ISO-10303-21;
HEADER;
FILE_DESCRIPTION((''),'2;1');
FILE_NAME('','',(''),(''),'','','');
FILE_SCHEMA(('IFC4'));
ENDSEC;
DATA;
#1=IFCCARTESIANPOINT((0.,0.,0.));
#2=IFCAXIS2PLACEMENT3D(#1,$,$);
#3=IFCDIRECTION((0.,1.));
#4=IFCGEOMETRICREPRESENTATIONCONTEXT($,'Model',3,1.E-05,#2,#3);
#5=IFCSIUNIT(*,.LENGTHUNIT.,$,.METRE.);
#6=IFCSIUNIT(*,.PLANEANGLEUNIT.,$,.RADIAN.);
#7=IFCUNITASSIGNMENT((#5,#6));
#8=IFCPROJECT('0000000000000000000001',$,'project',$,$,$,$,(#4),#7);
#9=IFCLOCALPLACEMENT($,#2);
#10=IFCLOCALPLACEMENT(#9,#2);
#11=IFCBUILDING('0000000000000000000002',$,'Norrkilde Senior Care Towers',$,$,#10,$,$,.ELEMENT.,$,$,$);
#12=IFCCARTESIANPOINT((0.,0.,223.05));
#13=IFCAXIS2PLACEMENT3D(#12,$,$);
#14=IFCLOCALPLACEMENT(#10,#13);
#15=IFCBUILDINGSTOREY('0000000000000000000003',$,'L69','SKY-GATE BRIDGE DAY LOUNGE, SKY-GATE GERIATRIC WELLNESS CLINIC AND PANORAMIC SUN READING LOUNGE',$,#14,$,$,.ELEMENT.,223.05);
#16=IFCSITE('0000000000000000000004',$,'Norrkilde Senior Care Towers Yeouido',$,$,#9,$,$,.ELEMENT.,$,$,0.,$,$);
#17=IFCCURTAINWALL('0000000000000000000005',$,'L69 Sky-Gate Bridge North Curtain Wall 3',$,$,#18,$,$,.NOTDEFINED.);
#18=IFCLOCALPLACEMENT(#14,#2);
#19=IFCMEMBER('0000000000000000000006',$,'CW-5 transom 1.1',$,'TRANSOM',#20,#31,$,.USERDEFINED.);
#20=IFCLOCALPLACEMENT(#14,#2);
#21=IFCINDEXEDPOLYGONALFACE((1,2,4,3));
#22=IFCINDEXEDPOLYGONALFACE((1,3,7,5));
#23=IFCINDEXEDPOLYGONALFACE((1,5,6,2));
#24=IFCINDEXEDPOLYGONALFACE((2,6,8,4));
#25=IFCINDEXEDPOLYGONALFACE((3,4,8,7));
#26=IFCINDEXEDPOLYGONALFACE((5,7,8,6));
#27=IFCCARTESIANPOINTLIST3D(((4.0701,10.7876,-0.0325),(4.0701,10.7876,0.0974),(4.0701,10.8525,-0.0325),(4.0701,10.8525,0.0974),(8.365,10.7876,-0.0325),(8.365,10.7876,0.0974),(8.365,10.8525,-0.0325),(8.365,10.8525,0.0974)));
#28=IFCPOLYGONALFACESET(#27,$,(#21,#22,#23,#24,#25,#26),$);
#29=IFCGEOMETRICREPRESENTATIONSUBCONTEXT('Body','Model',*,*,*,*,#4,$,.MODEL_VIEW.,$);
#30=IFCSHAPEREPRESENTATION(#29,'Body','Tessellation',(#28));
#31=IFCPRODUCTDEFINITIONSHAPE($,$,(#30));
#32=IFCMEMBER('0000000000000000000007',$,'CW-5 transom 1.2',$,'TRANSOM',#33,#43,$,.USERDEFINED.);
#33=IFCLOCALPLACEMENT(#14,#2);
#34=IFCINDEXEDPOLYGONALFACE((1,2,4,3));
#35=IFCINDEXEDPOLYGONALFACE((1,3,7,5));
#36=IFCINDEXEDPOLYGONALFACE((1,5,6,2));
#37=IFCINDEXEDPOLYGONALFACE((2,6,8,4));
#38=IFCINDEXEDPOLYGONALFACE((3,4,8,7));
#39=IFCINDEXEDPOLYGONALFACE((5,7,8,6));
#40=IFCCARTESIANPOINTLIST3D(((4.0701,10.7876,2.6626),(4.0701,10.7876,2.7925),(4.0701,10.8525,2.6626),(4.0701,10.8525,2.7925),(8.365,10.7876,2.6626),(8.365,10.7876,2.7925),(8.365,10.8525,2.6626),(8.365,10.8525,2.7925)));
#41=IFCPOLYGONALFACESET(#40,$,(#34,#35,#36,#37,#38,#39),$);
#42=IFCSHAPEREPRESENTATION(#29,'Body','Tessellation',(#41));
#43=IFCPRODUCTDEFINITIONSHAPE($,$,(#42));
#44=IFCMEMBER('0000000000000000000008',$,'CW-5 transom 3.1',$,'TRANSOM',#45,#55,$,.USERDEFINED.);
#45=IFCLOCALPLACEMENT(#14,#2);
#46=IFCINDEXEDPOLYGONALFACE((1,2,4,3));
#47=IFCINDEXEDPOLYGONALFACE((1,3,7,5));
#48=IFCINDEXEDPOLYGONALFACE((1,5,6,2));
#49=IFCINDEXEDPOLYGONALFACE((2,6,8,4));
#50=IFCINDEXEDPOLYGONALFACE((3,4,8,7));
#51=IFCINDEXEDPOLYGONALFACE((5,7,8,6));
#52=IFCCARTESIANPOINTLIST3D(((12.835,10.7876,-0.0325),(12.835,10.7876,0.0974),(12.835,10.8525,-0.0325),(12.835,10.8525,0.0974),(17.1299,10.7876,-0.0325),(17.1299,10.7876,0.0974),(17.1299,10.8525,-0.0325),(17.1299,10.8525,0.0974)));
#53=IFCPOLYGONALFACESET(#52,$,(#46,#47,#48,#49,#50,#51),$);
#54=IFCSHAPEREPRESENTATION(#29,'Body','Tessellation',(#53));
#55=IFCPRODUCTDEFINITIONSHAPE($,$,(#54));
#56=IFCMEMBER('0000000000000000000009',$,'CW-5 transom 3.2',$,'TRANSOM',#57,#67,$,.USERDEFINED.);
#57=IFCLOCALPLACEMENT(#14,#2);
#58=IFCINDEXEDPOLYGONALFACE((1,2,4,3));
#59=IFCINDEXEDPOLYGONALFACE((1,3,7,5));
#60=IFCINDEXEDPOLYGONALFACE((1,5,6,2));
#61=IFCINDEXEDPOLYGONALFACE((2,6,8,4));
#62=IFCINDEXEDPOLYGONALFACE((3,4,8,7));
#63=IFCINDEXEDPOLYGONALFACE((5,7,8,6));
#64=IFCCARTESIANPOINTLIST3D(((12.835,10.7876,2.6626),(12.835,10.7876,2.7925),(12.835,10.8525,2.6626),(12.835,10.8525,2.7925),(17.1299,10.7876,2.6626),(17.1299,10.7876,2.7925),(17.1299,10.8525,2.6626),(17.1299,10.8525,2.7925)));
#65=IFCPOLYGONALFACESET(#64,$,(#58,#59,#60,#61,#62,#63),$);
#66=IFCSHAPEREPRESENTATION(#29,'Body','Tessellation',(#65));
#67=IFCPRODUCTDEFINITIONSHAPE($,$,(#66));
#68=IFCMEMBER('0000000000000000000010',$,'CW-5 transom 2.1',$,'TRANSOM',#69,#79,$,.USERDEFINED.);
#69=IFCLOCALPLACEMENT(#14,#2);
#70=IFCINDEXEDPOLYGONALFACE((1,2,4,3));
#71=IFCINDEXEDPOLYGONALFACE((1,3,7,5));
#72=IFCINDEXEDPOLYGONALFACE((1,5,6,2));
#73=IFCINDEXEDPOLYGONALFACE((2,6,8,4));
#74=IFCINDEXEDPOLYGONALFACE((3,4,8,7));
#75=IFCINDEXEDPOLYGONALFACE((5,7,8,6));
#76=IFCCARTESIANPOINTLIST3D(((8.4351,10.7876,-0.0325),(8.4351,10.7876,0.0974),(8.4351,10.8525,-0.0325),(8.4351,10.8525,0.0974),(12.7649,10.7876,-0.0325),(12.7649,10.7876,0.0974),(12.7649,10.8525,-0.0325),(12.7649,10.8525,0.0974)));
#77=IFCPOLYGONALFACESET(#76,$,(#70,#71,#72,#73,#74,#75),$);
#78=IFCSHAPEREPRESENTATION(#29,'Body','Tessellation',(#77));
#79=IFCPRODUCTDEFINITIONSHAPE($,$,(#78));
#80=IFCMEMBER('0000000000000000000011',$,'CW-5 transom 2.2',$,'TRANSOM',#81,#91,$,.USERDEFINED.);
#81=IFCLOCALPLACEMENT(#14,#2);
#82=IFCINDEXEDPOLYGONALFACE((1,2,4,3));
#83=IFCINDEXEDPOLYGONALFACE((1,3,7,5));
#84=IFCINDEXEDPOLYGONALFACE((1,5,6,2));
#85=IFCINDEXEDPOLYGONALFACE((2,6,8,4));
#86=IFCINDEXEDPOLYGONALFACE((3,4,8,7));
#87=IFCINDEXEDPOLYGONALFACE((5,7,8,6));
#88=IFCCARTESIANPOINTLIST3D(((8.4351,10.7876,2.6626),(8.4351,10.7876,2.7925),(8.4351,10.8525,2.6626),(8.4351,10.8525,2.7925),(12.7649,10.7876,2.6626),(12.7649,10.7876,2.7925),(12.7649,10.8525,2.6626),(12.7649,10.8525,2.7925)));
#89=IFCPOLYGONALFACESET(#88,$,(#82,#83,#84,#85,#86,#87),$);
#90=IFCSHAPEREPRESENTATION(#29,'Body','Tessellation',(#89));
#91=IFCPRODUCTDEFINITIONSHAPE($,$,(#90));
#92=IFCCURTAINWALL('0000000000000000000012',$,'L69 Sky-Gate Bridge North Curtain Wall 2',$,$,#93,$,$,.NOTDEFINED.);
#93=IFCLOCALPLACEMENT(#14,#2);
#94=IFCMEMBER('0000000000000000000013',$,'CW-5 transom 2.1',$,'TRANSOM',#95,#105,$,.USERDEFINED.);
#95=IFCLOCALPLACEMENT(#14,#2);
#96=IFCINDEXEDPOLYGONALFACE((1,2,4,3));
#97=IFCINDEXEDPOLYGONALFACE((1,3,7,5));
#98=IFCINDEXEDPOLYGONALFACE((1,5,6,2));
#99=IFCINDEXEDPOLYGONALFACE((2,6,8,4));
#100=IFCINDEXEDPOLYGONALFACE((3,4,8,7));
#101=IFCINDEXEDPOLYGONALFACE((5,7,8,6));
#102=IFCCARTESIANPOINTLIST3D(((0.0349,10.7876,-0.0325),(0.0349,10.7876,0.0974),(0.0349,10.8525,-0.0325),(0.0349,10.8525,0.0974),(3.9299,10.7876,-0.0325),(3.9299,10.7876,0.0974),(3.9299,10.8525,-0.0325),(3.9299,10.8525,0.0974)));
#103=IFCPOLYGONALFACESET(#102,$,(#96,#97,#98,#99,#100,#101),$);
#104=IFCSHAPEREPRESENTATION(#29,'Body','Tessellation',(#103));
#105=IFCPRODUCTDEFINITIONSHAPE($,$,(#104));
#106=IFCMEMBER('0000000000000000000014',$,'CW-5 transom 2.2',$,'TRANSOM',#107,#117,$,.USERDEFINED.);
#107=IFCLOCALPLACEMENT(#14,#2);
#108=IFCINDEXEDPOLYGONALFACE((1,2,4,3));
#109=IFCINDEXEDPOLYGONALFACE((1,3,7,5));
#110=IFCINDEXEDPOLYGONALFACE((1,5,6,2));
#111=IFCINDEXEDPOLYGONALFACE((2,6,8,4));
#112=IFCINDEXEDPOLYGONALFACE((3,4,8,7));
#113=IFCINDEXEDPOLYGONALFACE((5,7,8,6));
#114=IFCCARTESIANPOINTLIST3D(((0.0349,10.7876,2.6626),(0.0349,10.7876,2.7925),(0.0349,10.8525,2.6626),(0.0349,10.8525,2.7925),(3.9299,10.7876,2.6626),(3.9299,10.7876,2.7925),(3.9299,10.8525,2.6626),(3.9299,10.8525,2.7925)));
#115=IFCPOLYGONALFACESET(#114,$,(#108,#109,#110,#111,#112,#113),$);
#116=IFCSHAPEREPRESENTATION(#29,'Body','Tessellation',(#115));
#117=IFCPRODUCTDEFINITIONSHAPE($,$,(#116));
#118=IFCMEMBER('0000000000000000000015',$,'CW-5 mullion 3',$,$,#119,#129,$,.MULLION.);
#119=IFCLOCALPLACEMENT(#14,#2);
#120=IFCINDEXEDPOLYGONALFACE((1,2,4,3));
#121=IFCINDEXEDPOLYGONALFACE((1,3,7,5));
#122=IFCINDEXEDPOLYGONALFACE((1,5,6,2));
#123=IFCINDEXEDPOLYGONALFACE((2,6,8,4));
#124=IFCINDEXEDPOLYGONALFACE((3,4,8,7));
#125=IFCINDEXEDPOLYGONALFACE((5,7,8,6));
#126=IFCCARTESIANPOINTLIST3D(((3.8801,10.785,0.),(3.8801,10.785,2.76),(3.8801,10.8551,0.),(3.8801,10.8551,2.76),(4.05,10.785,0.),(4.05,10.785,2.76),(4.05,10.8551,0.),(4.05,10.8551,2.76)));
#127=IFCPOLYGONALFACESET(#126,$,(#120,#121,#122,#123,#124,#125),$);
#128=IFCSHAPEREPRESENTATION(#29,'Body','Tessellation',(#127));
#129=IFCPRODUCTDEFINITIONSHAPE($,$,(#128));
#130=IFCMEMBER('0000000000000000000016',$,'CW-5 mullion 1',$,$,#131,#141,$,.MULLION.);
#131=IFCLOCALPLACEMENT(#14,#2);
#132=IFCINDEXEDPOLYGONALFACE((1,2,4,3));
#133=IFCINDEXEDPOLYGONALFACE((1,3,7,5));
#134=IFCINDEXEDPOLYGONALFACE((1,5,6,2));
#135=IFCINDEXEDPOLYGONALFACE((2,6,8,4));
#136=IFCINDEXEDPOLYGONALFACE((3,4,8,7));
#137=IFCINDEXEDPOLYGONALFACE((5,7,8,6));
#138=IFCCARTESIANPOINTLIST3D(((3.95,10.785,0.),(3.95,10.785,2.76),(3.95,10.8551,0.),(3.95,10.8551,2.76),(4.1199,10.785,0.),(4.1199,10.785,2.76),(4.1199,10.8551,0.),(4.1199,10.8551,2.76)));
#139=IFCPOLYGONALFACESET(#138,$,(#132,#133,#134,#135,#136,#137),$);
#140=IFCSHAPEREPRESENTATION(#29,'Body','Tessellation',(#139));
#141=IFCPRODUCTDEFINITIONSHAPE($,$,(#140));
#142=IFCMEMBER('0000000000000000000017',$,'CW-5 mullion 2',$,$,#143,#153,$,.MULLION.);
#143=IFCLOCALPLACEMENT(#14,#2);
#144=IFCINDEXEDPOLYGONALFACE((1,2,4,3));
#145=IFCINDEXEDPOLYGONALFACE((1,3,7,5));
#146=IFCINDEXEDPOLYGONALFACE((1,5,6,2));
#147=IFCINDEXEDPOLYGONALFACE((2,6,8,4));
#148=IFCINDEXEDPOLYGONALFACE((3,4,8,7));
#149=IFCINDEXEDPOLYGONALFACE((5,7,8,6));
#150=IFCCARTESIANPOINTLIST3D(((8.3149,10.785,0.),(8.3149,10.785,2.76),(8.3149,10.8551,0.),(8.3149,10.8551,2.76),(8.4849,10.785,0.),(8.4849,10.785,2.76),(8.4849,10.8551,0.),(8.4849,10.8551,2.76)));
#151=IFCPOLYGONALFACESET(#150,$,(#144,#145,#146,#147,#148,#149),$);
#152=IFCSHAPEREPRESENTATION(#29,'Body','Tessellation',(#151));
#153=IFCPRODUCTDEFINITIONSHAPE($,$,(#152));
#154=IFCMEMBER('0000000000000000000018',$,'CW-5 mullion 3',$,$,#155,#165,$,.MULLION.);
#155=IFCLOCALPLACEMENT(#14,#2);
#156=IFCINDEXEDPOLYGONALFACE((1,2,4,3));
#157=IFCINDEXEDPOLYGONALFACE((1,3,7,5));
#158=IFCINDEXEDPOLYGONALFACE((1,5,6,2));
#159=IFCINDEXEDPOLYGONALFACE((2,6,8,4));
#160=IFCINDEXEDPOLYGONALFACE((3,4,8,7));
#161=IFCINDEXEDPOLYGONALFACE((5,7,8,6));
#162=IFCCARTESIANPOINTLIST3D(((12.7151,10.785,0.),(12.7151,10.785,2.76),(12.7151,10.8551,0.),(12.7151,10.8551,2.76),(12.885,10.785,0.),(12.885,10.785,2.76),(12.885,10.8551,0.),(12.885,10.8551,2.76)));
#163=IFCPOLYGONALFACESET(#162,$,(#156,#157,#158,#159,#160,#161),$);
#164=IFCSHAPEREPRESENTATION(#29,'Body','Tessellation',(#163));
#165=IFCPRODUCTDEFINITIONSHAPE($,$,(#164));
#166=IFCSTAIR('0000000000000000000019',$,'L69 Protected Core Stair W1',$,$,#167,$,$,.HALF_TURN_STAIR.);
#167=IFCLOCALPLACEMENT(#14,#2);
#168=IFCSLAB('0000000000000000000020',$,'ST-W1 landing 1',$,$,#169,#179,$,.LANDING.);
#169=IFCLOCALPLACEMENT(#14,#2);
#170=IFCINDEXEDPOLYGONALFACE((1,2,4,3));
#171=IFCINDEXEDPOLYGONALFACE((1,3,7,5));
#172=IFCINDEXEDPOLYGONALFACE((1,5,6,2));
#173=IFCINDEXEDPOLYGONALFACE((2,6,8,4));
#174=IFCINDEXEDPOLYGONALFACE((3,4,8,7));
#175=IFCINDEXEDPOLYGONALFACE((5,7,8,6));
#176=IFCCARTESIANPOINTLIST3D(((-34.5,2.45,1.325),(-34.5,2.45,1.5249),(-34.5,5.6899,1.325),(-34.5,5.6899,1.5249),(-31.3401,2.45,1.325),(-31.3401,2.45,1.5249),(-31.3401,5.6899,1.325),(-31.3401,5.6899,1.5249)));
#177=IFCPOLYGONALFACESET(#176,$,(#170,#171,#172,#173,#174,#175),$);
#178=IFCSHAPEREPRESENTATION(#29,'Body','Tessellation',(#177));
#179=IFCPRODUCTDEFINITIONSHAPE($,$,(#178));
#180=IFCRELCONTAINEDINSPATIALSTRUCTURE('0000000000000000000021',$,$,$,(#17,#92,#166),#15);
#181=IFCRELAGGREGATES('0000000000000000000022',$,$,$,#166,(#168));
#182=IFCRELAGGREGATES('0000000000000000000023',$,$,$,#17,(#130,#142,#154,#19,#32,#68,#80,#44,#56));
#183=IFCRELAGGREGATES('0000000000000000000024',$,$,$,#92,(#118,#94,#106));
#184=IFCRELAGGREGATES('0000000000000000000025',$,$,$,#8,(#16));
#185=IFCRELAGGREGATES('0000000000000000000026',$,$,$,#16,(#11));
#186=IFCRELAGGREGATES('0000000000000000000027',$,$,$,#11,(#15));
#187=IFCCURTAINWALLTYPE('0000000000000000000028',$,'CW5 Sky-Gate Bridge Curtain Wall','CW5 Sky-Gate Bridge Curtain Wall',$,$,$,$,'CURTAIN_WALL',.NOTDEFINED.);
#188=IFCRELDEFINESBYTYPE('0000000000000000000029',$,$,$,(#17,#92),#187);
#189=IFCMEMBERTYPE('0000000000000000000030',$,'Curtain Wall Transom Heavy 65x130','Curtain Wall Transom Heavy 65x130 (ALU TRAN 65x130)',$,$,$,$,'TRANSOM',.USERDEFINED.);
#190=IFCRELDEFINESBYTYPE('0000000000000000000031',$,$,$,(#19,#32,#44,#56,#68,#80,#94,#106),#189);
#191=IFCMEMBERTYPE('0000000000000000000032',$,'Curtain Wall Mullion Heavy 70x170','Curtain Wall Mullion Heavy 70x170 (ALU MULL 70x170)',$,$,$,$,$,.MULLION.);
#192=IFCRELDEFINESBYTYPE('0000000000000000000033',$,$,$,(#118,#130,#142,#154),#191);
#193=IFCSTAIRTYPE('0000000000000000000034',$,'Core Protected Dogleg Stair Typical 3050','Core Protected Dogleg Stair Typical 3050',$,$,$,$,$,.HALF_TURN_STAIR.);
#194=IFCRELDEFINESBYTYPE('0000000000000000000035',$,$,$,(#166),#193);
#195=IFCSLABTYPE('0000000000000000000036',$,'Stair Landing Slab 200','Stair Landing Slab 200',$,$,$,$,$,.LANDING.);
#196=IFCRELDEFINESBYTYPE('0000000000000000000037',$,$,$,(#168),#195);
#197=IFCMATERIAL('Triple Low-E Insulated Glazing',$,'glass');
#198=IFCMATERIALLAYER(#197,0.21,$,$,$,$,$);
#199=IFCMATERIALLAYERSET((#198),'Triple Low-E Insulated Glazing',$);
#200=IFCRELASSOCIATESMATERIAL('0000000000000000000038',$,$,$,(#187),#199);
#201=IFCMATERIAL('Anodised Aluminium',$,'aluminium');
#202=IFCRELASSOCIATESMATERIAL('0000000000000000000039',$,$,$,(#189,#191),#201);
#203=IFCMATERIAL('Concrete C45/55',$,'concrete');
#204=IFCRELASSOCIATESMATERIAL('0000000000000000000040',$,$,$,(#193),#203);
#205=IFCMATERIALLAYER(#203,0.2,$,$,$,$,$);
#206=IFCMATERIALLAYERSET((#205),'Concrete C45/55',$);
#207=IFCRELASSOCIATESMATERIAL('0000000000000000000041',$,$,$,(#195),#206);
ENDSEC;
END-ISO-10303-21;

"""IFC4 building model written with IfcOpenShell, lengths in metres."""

from ifc_helpers import new_model, si_unit, direction, frame, origin, origin_2d, place, context, subcontext, project, spatial, polyline, rectangle, outline, extrude, source, transform, mapped, material, layer, layer_set, material_profile, profile_set, type_object, type_shapes, element, aggregate, save


model = new_model("IFC4")

# Units and contexts
model_context = context("Model", 3, precision=1e-05, world=origin(), true_north=direction((0.0, 1.0)))
body_context = subcontext(model_context, "Body", "Model", "MODEL_VIEW")
ifc_project = project(units=[si_unit("LENGTHUNIT", "METRE"), si_unit("PLANEANGLEUNIT", "RADIAN")], contexts=[model_context])

# Site, building, storey
site_placement = place(None, origin())
site = spatial("IfcSite", under=ifc_project, at=site_placement, Name="Norrkilde Senior Care Towers Yeouido", CompositionType="ELEMENT", RefElevation=0.0)
building_placement = place(site_placement, origin())
building = spatial("IfcBuilding", under=site, at=building_placement, Name="Norrkilde Senior Care Towers", CompositionType="ELEMENT")
storey_placement = place(building_placement, frame((0.0, 0.0, 223.05)))
storey = spatial("IfcBuildingStorey", under=building, at=storey_placement, Name="L69", Description="SKY-GATE BRIDGE DAY LOUNGE, SKY-GATE GERIATRIC WELLNESS CLINIC AND PANORAMIC SUN READING LOUNGE", CompositionType="ELEMENT", Elevation=223.05)

# Curtain walls, members
ifc_material_1 = material(Name="Triple Low-E Insulated Glazing", Category="glass")
ifc_layer_1 = layer(ifc_material_1, 0.21)
ifc_layer_set_1 = layer_set([ifc_layer_1], Name="Triple Low-E Insulated Glazing")
curtain_wall_type = type_object("IfcCurtainWallType", Name="CW5 Sky-Gate Bridge Curtain Wall", Description="CW5 Sky-Gate Bridge Curtain Wall", ElementType="CURTAIN_WALL", PredefinedType="NOTDEFINED", material=ifc_layer_set_1)
curtain_wall_1_placement = place(storey_placement, origin())
curtain_wall_1 = element("IfcCurtainWall", 1, at=curtain_wall_1_placement, inside=storey, type_object=curtain_wall_type, Name="L69 Sky-Gate Bridge North Curtain Wall 3", PredefinedType="NOTDEFINED")
ifc_material_2 = material(Name="Anodised Aluminium", Category="aluminium")
ifc_material_profile_1 = material_profile(ifc_material_2, rectangle(XDim=0.0649, YDim=0.1299, at=origin_2d()), Name="ALU TRAN 65x130")
ifc_profile_set_1 = profile_set([ifc_material_profile_1], Name="Anodised Aluminium")
member_type_1 = type_object("IfcMemberType", Name="Curtain Wall Transom Heavy 65x130", Description="Curtain Wall Transom Heavy 65x130 (ALU TRAN 65x130)", ElementType="TRANSOM", PredefinedType="USERDEFINED", material=ifc_profile_set_1)
shared_shape_1 = source(origin(), body_context, "Body", "SweptSolid", [
    extrude(rectangle(XDim=0.0649, YDim=0.1299, at=origin_2d()), origin(), (0.0, 0.0, 1.0), 4.2949),
])
member_1_placement = place(storey_placement, frame((4.0701, 10.8201, 0.0325), z_axis=(1.0, 0.0, 0.0), x_axis=(0.0, 1.0, 0.0)))
member_1 = element("IfcMember", 2, at=member_1_placement, type_object=member_type_1, Name="CW-5 transom 1.1", ObjectType="TRANSOM", PredefinedType="USERDEFINED", context=body_context, shape_type="MappedRepresentation", body=[
    mapped(shared_shape_1, transform((0.0, 0.0, 0.0), x_axis=(1.0, 0.0, 0.0), y_axis=(0.0, 1.0, 0.0), z_axis=(0.0, 0.0, 1.0), scale=1.0)),
])
member_2_placement = place(storey_placement, frame((4.0701, 10.8201, 2.7275), z_axis=(1.0, 0.0, 0.0), x_axis=(0.0, 1.0, 0.0)))
member_2 = element("IfcMember", 3, at=member_2_placement, type_object=member_type_1, Name="CW-5 transom 1.2", ObjectType="TRANSOM", PredefinedType="USERDEFINED", context=body_context, shape_type="MappedRepresentation", body=[
    mapped(shared_shape_1, transform((0.0, 0.0, 0.0), x_axis=(1.0, 0.0, 0.0), y_axis=(0.0, 1.0, 0.0), z_axis=(0.0, 0.0, 1.0), scale=1.0)),
])
member_3_placement = place(storey_placement, frame((12.835, 10.8201, 0.0325), z_axis=(1.0, 0.0, 0.0), x_axis=(0.0, 1.0, 0.0)))
member_3 = element("IfcMember", 4, at=member_3_placement, type_object=member_type_1, Name="CW-5 transom 3.1", ObjectType="TRANSOM", PredefinedType="USERDEFINED", context=body_context, shape_type="MappedRepresentation", body=[
    mapped(shared_shape_1, transform((0.0, 0.0, 0.0), x_axis=(1.0, 0.0, 0.0), y_axis=(0.0, 1.0, 0.0), z_axis=(0.0, 0.0, 1.0), scale=1.0)),
])
member_4_placement = place(storey_placement, frame((12.835, 10.8201, 2.7275), z_axis=(1.0, 0.0, 0.0), x_axis=(0.0, 1.0, 0.0)))
member_4 = element("IfcMember", 5, at=member_4_placement, type_object=member_type_1, Name="CW-5 transom 3.2", ObjectType="TRANSOM", PredefinedType="USERDEFINED", context=body_context, shape_type="MappedRepresentation", body=[
    mapped(shared_shape_1, transform((0.0, 0.0, 0.0), x_axis=(1.0, 0.0, 0.0), y_axis=(0.0, 1.0, 0.0), z_axis=(0.0, 0.0, 1.0), scale=1.0)),
])
shared_shape_2 = source(origin(), body_context, "Body", "SweptSolid", [
    extrude(rectangle(XDim=0.0649, YDim=0.1299, at=origin_2d()), origin(), (0.0, 0.0, 1.0), 4.3298),
])
member_5_placement = place(storey_placement, frame((8.4351, 10.8201, 0.0325), z_axis=(1.0, 0.0, 0.0), x_axis=(0.0, 1.0, 0.0)))
member_5 = element("IfcMember", 6, at=member_5_placement, type_object=member_type_1, Name="CW-5 transom 2.1", ObjectType="TRANSOM", PredefinedType="USERDEFINED", context=body_context, shape_type="MappedRepresentation", body=[
    mapped(shared_shape_2, transform((0.0, 0.0, 0.0), x_axis=(1.0, 0.0, 0.0), y_axis=(0.0, 1.0, 0.0), z_axis=(0.0, 0.0, 1.0), scale=1.0)),
])
member_6_placement = place(storey_placement, frame((8.4351, 10.8201, 2.7275), z_axis=(1.0, 0.0, 0.0), x_axis=(0.0, 1.0, 0.0)))
member_6 = element("IfcMember", 7, at=member_6_placement, type_object=member_type_1, Name="CW-5 transom 2.2", ObjectType="TRANSOM", PredefinedType="USERDEFINED", context=body_context, shape_type="MappedRepresentation", body=[
    mapped(shared_shape_2, transform((0.0, 0.0, 0.0), x_axis=(1.0, 0.0, 0.0), y_axis=(0.0, 1.0, 0.0), z_axis=(0.0, 0.0, 1.0), scale=1.0)),
])
curtain_wall_2_placement = place(storey_placement, origin())
curtain_wall_2 = element("IfcCurtainWall", 8, at=curtain_wall_2_placement, inside=storey, type_object=curtain_wall_type, Name="L69 Sky-Gate Bridge North Curtain Wall 2", PredefinedType="NOTDEFINED")
shared_shape_3 = source(origin(), body_context, "Body", "SweptSolid", [
    extrude(rectangle(XDim=0.0649, YDim=0.1299, at=origin_2d()), origin(), (0.0, 0.0, 1.0), 3.895),
])
type_shapes(member_type_1, [shared_shape_1, shared_shape_2, shared_shape_3])
member_7_placement = place(storey_placement, frame((0.0349, 10.8201, 0.0325), z_axis=(1.0, 0.0, 0.0), x_axis=(0.0, 1.0, 0.0)))
member_7 = element("IfcMember", 9, at=member_7_placement, type_object=member_type_1, Name="CW-5 transom 2.1", ObjectType="TRANSOM", PredefinedType="USERDEFINED", context=body_context, shape_type="MappedRepresentation", body=[
    mapped(shared_shape_3, transform((0.0, 0.0, 0.0), x_axis=(1.0, 0.0, 0.0), y_axis=(0.0, 1.0, 0.0), z_axis=(0.0, 0.0, 1.0), scale=1.0)),
])
member_8_placement = place(storey_placement, frame((0.0349, 10.8201, 2.7275), z_axis=(1.0, 0.0, 0.0), x_axis=(0.0, 1.0, 0.0)))
member_8 = element("IfcMember", 10, at=member_8_placement, type_object=member_type_1, Name="CW-5 transom 2.2", ObjectType="TRANSOM", PredefinedType="USERDEFINED", context=body_context, shape_type="MappedRepresentation", body=[
    mapped(shared_shape_3, transform((0.0, 0.0, 0.0), x_axis=(1.0, 0.0, 0.0), y_axis=(0.0, 1.0, 0.0), z_axis=(0.0, 0.0, 1.0), scale=1.0)),
])
ifc_material_profile_2 = material_profile(ifc_material_2, rectangle(XDim=0.0701, YDim=0.1699, at=origin_2d()), Name="ALU MULL 70x170")
ifc_profile_set_2 = profile_set([ifc_material_profile_2], Name="Anodised Aluminium")
member_type_2 = type_object("IfcMemberType", Name="Curtain Wall Mullion Heavy 70x170", Description="Curtain Wall Mullion Heavy 70x170 (ALU MULL 70x170)", PredefinedType="MULLION", material=ifc_profile_set_2)
shared_shape_4 = source(origin(), body_context, "Body", "SweptSolid", [
    extrude(rectangle(XDim=0.0701, YDim=0.1699, at=origin_2d()), origin(), (0.0, 0.0, 1.0), 2.76),
])
type_shapes(member_type_2, [shared_shape_4])
member_9_placement = place(storey_placement, frame((3.9651, 10.8201, 0.0), z_axis=(0.0, 0.0, 1.0), x_axis=(0.0, 1.0, 0.0)))
member_9 = element("IfcMember", 11, at=member_9_placement, type_object=member_type_2, Name="CW-5 mullion 3", PredefinedType="MULLION", context=body_context, shape_type="MappedRepresentation", body=[
    mapped(shared_shape_4, transform((0.0, 0.0, 0.0), x_axis=(1.0, 0.0, 0.0), y_axis=(0.0, 1.0, 0.0), z_axis=(0.0, 0.0, 1.0), scale=1.0)),
])

# Members
member_10_placement = place(storey_placement, frame((4.0349, 10.8201, 0.0), z_axis=(0.0, 0.0, 1.0), x_axis=(0.0, 1.0, 0.0)))
member_10 = element("IfcMember", 12, at=member_10_placement, type_object=member_type_2, Name="CW-5 mullion 1", PredefinedType="MULLION", context=body_context, shape_type="MappedRepresentation", body=[
    mapped(shared_shape_4, transform((0.0, 0.0, 0.0), x_axis=(1.0, 0.0, 0.0), y_axis=(0.0, 1.0, 0.0), z_axis=(0.0, 0.0, 1.0), scale=1.0)),
])
member_11_placement = place(storey_placement, frame((8.3999, 10.8201, 0.0), z_axis=(0.0, 0.0, 1.0), x_axis=(0.0, 1.0, 0.0)))
member_11 = element("IfcMember", 13, at=member_11_placement, type_object=member_type_2, Name="CW-5 mullion 2", PredefinedType="MULLION", context=body_context, shape_type="MappedRepresentation", body=[
    mapped(shared_shape_4, transform((0.0, 0.0, 0.0), x_axis=(1.0, 0.0, 0.0), y_axis=(0.0, 1.0, 0.0), z_axis=(0.0, 0.0, 1.0), scale=1.0)),
])
member_12_placement = place(storey_placement, frame((12.8, 10.8201, 0.0), z_axis=(0.0, 0.0, 1.0), x_axis=(0.0, 1.0, 0.0)))
member_12 = element("IfcMember", 14, at=member_12_placement, type_object=member_type_2, Name="CW-5 mullion 3", PredefinedType="MULLION", context=body_context, shape_type="MappedRepresentation", body=[
    mapped(shared_shape_4, transform((0.0, 0.0, 0.0), x_axis=(1.0, 0.0, 0.0), y_axis=(0.0, 1.0, 0.0), z_axis=(0.0, 0.0, 1.0), scale=1.0)),
])

# Stair, slab
ifc_material_3 = material(Name="Concrete C45/55", Category="concrete")
stair_type = type_object("IfcStairType", Name="Core Protected Dogleg Stair Typical 3050", Description="Core Protected Dogleg Stair Typical 3050", PredefinedType="HALF_TURN_STAIR", material=ifc_material_3)
stair_1_placement = place(storey_placement, origin())
stair_1 = element("IfcStair", 15, at=stair_1_placement, inside=storey, type_object=stair_type, Name="L69 Protected Core Stair W1", PredefinedType="HALF_TURN_STAIR")
ifc_layer_2 = layer(ifc_material_3, 0.2)
ifc_layer_set_2 = layer_set([ifc_layer_2], Name="Concrete C45/55")
slab_type = type_object("IfcSlabType", Name="Stair Landing Slab 200", Description="Stair Landing Slab 200", PredefinedType="LANDING", material=ifc_layer_set_2)
slab_1_placement = place(storey_placement, frame((0.0, 0.0, 1.325)))
slab_1 = element("IfcSlab", 16, at=slab_1_placement, type_object=slab_type, Name="ST-W1 landing 1", PredefinedType="LANDING", context=body_context, shape_type="SweptSolid", body=[
    extrude(outline(polyline([(-31.3401, 5.6899), (-34.5, 5.6899), (-34.5, 2.45), (-31.3401, 2.45), (-31.3401, 5.6899)])), origin(), (0.0, 0.0, 1.0), 0.2),
])
aggregate(stair_1, [slab_1])

aggregate(curtain_wall_1, [member_10, member_11, member_12, member_1, member_2, member_5, member_6, member_3, member_4])
aggregate(curtain_wall_2, [member_9, member_7, member_8])

save(model, "model.ifc")
